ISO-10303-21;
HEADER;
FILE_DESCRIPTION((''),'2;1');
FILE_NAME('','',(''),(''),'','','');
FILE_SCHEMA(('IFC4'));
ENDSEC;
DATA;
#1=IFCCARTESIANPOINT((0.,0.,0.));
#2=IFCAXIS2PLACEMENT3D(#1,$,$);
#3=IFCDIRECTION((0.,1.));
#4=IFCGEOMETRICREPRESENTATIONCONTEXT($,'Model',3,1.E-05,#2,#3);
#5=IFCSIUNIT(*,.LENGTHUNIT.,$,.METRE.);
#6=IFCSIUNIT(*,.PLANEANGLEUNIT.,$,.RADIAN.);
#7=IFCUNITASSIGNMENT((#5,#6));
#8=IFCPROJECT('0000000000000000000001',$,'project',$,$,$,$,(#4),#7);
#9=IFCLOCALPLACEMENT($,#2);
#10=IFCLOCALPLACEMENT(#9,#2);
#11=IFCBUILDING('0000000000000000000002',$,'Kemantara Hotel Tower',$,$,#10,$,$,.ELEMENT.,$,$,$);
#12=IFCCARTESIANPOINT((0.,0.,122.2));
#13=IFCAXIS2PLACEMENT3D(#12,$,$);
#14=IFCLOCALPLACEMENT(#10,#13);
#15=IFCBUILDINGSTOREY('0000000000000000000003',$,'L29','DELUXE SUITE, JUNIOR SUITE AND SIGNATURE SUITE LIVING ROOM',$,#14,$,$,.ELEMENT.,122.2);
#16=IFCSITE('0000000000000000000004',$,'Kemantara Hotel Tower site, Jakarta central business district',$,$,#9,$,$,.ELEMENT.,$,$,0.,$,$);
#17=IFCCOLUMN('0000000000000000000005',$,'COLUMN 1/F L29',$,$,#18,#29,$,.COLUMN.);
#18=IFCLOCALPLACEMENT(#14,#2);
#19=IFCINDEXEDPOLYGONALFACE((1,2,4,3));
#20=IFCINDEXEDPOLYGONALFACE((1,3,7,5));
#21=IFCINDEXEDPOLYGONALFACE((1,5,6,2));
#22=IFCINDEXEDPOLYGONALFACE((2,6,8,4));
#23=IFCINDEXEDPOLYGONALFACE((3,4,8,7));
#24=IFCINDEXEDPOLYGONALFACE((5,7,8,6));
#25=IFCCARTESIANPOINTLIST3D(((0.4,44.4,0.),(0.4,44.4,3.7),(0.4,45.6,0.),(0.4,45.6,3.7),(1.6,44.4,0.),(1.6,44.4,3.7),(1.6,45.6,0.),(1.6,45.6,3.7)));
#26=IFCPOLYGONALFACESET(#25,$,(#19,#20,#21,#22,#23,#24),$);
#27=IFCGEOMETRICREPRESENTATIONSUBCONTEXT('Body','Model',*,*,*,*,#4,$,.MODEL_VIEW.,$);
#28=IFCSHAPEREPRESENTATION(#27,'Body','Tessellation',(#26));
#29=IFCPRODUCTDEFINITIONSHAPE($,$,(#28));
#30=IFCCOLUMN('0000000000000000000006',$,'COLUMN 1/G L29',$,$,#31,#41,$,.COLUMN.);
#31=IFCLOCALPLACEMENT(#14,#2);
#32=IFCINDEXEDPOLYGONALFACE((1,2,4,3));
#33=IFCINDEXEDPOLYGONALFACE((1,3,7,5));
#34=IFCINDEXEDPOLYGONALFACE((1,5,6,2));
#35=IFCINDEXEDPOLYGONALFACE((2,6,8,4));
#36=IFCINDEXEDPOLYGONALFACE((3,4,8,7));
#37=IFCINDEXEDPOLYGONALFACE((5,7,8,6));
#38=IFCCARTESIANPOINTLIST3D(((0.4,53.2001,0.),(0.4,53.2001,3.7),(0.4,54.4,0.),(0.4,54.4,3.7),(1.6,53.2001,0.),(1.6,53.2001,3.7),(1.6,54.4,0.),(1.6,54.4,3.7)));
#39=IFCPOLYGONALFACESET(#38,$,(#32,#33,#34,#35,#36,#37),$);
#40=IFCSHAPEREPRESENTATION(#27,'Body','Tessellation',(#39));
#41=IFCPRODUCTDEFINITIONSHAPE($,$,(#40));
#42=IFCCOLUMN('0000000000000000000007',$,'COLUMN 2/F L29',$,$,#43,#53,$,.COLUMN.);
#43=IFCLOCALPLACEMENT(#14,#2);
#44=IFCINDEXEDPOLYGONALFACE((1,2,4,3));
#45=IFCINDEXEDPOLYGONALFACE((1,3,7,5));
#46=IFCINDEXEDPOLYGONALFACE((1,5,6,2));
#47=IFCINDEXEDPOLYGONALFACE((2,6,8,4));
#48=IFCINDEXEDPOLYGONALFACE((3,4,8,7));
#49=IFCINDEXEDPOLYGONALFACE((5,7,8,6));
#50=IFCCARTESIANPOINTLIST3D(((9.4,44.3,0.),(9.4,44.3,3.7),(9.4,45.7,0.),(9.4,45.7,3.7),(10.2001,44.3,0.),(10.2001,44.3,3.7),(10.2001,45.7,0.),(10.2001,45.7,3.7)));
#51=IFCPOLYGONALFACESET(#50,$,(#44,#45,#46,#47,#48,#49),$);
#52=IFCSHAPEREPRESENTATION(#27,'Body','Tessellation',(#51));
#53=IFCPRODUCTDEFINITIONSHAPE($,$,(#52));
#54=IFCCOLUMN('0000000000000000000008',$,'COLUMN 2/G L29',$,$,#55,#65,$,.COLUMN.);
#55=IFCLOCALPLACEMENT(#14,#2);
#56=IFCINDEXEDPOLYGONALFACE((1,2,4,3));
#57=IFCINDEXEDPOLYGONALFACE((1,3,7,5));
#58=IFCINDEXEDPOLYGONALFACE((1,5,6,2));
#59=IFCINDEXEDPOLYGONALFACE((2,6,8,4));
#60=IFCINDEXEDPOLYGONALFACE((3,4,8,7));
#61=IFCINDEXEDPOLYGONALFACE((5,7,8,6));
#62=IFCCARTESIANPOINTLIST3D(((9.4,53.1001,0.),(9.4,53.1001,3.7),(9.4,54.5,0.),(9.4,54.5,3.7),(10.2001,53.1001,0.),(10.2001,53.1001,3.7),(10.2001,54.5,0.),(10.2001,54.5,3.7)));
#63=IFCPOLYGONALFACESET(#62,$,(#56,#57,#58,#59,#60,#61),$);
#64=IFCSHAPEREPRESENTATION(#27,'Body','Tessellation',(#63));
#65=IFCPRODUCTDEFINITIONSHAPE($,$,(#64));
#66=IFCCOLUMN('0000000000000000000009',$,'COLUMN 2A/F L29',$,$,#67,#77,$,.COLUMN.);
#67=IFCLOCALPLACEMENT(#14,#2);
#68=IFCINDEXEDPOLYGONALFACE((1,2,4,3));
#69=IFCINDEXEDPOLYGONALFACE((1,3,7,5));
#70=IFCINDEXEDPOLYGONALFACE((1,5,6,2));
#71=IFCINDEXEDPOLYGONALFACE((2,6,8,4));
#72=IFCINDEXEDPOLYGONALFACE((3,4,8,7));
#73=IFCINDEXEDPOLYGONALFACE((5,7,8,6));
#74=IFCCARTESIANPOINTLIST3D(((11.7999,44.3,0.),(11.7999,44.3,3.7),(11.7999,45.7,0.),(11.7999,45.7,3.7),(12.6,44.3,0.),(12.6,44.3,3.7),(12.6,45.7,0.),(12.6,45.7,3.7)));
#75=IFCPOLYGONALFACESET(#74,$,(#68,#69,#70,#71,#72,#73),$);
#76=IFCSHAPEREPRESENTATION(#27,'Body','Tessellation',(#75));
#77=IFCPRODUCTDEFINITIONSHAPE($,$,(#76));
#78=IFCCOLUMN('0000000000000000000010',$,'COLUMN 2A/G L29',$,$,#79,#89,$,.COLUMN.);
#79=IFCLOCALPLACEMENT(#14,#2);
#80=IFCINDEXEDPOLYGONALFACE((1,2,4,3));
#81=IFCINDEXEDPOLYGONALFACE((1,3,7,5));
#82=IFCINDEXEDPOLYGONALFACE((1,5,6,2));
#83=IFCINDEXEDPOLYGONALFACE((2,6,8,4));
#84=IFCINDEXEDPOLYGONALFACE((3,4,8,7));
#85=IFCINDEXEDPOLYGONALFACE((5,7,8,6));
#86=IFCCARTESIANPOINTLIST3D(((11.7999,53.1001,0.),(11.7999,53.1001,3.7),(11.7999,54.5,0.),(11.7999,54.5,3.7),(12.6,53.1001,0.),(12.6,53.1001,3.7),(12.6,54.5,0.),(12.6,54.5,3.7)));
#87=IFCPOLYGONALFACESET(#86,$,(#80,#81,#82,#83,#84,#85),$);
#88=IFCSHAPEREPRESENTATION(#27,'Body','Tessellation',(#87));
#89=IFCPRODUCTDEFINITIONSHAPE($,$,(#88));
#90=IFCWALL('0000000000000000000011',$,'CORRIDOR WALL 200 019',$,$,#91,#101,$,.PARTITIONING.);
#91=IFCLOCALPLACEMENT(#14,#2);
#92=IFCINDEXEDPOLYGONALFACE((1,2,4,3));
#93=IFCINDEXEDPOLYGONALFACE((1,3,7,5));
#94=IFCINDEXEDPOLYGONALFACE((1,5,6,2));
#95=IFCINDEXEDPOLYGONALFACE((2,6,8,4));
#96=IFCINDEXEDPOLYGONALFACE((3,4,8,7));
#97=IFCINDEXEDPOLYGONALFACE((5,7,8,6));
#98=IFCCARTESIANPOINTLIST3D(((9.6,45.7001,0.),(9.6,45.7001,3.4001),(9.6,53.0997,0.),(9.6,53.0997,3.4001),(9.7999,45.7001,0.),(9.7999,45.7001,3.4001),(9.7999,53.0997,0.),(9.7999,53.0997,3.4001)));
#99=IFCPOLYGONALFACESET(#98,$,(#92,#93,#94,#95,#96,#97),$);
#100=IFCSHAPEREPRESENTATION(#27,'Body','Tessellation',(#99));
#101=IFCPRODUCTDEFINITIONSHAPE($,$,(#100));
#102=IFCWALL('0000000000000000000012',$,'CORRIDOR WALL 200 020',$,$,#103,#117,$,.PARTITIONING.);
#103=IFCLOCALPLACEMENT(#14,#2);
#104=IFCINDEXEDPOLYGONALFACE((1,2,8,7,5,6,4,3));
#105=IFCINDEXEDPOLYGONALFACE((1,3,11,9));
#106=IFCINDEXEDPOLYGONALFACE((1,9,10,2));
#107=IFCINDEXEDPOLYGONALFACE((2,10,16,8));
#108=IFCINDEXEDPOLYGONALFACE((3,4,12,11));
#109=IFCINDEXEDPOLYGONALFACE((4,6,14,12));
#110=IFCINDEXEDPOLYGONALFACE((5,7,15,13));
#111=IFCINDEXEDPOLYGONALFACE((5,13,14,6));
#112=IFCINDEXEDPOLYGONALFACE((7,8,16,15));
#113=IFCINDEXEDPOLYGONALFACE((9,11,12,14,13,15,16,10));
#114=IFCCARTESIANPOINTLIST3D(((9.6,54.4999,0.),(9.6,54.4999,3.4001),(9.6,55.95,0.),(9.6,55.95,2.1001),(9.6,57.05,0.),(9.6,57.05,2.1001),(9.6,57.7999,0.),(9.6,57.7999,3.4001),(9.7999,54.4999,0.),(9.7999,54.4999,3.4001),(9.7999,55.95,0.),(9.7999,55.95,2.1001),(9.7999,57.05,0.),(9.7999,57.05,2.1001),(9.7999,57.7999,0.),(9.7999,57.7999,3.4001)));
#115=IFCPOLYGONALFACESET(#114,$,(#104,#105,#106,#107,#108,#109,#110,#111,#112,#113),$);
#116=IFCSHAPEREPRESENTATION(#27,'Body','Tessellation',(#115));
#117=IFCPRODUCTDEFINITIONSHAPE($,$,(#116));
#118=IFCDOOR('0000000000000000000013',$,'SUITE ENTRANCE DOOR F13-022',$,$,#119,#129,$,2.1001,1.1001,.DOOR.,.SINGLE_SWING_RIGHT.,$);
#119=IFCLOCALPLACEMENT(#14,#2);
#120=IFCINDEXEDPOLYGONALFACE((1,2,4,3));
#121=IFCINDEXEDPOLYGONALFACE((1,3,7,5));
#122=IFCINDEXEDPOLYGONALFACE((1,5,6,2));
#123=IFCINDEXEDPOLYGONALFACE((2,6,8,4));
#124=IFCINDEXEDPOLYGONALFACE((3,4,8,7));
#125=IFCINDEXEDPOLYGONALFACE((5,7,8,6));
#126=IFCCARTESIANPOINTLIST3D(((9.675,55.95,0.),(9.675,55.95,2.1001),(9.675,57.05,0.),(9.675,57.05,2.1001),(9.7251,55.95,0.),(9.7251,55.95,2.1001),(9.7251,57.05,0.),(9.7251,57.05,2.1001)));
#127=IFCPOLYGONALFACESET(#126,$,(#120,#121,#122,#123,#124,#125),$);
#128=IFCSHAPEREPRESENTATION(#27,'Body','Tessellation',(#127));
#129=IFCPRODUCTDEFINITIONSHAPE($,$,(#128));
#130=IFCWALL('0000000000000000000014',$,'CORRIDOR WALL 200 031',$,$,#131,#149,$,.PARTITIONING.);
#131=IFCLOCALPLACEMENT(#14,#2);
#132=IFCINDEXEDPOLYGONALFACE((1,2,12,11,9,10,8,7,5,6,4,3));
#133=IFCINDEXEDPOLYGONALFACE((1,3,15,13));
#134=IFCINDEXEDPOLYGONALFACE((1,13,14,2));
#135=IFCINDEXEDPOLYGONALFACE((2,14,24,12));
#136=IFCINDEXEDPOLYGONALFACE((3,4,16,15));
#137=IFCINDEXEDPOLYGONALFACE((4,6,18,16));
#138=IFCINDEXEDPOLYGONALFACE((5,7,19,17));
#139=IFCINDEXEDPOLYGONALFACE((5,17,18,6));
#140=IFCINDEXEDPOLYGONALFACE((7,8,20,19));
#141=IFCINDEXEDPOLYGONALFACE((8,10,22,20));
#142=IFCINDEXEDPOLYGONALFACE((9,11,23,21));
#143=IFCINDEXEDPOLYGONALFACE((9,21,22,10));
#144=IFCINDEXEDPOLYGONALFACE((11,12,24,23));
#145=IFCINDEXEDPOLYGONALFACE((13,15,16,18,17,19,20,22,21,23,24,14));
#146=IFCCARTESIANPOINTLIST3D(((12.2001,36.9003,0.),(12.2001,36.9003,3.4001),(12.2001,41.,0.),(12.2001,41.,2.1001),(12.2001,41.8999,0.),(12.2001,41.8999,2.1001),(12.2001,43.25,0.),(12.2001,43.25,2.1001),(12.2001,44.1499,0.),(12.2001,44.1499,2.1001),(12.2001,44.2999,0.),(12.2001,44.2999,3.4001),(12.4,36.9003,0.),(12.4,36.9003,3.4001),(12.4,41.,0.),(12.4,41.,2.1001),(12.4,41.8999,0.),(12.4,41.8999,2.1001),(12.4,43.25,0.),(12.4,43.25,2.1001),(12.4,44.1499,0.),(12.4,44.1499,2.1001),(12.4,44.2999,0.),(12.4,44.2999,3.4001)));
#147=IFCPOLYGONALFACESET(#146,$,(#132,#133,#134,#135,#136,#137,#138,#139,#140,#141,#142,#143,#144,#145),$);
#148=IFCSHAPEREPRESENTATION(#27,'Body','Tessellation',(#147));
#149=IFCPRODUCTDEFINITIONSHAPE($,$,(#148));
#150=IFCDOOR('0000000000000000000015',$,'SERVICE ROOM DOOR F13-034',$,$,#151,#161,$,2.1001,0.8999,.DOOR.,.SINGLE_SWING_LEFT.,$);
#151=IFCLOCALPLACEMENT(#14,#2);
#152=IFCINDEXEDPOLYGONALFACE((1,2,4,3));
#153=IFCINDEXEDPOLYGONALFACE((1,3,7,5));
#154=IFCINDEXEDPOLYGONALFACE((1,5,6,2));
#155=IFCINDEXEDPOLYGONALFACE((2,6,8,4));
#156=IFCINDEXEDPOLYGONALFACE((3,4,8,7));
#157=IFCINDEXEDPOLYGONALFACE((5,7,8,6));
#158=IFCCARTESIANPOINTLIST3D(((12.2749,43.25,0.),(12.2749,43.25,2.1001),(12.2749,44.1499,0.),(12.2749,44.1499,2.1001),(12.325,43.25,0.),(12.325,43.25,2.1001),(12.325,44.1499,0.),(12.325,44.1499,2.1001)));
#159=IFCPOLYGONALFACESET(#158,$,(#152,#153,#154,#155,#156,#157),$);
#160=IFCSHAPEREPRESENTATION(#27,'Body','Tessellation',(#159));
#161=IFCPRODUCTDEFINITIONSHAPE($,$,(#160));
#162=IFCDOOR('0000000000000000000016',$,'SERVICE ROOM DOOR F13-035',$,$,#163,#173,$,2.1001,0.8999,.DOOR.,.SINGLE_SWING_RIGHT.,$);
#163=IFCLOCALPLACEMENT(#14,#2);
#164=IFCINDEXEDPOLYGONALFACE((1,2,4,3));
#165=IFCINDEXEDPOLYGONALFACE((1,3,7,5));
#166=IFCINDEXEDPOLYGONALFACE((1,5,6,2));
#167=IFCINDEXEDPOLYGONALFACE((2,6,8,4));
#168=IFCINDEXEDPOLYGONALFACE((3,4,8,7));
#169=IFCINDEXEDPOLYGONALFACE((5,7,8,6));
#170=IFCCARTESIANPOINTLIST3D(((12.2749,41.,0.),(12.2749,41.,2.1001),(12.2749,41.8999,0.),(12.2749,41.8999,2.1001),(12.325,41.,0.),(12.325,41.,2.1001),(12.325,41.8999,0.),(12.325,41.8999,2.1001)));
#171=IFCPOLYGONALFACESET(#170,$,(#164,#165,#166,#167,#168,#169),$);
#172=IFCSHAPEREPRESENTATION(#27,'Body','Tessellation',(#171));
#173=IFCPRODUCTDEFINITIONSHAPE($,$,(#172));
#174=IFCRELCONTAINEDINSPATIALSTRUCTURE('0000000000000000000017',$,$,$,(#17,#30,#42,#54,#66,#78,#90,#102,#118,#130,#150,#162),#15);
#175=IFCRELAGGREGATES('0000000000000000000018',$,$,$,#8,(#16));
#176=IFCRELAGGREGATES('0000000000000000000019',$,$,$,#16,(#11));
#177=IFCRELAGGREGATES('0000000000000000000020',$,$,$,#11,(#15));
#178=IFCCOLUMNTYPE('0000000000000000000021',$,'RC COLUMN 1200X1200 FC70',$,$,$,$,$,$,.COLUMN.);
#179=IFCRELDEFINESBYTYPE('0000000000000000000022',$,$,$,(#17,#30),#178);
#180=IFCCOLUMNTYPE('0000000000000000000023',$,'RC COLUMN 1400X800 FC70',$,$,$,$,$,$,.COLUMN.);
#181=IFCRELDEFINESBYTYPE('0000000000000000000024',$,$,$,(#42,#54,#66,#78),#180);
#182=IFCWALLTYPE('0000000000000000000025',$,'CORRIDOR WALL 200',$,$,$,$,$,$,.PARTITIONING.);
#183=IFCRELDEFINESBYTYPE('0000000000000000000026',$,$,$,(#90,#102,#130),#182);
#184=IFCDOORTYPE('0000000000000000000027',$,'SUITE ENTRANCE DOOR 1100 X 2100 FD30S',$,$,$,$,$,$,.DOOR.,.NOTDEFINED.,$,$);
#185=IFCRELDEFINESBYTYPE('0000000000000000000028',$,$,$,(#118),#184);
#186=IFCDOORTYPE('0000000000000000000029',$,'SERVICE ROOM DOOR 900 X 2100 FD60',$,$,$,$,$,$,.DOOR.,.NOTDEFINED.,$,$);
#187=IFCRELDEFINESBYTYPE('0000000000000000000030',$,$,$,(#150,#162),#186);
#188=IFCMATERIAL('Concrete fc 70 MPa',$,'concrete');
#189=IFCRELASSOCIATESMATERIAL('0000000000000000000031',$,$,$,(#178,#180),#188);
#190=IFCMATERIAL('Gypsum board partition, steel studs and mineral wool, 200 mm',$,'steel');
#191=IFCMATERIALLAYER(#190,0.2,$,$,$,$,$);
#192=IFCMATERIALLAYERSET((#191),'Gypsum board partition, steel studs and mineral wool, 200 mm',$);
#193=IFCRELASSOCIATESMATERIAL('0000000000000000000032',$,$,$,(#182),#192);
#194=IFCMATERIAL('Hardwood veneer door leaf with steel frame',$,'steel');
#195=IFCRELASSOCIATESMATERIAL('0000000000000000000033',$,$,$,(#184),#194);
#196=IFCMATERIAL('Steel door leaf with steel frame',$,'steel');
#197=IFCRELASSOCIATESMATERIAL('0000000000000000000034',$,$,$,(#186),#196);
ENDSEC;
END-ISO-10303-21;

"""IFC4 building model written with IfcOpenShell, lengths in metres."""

from ifc_helpers import new_model, si_unit, direction, frame, frame_2d, origin, origin_2d, place, context, subcontext, project, spatial, rectangle, extrude, material, layer, layer_set, material_profile, profile_set, type_object, element, fill, save


model = new_model("IFC4")

# Units and contexts
model_context = context("Model", 3, precision=1e-05, world=origin(), true_north=direction((0.0, 1.0)))
body_context = subcontext(model_context, "Body", "Model", "MODEL_VIEW")
ifc_project = project(units=[si_unit("LENGTHUNIT", "METRE"), si_unit("PLANEANGLEUNIT", "RADIAN")], contexts=[model_context])

# Site, building, storey
site_placement = place(None, origin())
site = spatial("IfcSite", under=ifc_project, at=site_placement, Name="Kemantara Hotel Tower site, Jakarta central business district", CompositionType="ELEMENT", RefElevation=0.0)
building_placement = place(site_placement, origin())
building = spatial("IfcBuilding", under=site, at=building_placement, Name="Kemantara Hotel Tower", CompositionType="ELEMENT")
storey_placement = place(building_placement, frame((0.0, 0.0, 122.2)))
storey = spatial("IfcBuildingStorey", under=building, at=storey_placement, Name="L29", Description="DELUXE SUITE, JUNIOR SUITE AND SIGNATURE SUITE LIVING ROOM", CompositionType="ELEMENT", Elevation=122.2)

# Columns
ifc_material_1 = material(Name="Concrete fc 70 MPa", Category="concrete")
ifc_material_profile_1 = material_profile(ifc_material_1, rectangle(XDim=1.2, YDim=1.2, at=origin_2d()), Name="RC 1200X1200")
ifc_profile_set_1 = profile_set([ifc_material_profile_1], Name="Concrete fc 70 MPa")
column_type_1 = type_object("IfcColumnType", Name="RC COLUMN 1200X1200 FC70", PredefinedType="COLUMN", material=ifc_profile_set_1)
for number, where, z_axis, x_axis, name in (
    (1, (1.0, 45.0, 0.0), (0.0, 0.0, 1.0), (1.0, 0.0, 0.0), "COLUMN 1/F L29"),
    (2, (1.0, 53.8, 0.0), (0.0, 0.0, 1.0), (1.0, 0.0, 0.0), "COLUMN 1/G L29"),
):
    element("IfcColumn", number, at=place(storey_placement, frame(where, z_axis=z_axis, x_axis=x_axis)), inside=storey, type_object=column_type_1, Name=name, PredefinedType="COLUMN", context=body_context, shape_type="SweptSolid", body=[
        extrude(rectangle(XDim=1.2, YDim=1.2, at=origin_2d()), origin(), (0.0, 0.0, 1.0), 3.7),
    ])
ifc_material_profile_2 = material_profile(ifc_material_1, rectangle(XDim=1.3999, YDim=0.8, at=origin_2d()), Name="RC 1400X800")
ifc_profile_set_2 = profile_set([ifc_material_profile_2], Name="Concrete fc 70 MPa")
column_type_2 = type_object("IfcColumnType", Name="RC COLUMN 1400X800 FC70", PredefinedType="COLUMN", material=ifc_profile_set_2)
for number, where, z_axis, x_axis, name in (
    (3, (9.8, 45.0, 0.0), (0.0, 0.0, 1.0), (0.0, 1.0, 0.0), "COLUMN 2/F L29"),
    (4, (9.8, 53.8, 0.0), (0.0, 0.0, 1.0), (0.0, 1.0, 0.0), "COLUMN 2/G L29"),
    (5, (12.2, 45.0, 0.0), (0.0, 0.0, 1.0), (0.0, 1.0, 0.0), "COLUMN 2A/F L29"),
    (6, (12.2, 53.8, 0.0), (0.0, 0.0, 1.0), (0.0, 1.0, 0.0), "COLUMN 2A/G L29"),
):
    element("IfcColumn", number, at=place(storey_placement, frame(where, z_axis=z_axis, x_axis=x_axis)), inside=storey, type_object=column_type_2, Name=name, PredefinedType="COLUMN", context=body_context, shape_type="SweptSolid", body=[
        extrude(rectangle(XDim=1.3999, YDim=0.8, at=origin_2d()), origin(), (0.0, 0.0, 1.0), 3.7),
    ])

# Wall
ifc_material_2 = material(Name="Gypsum board partition, steel studs and mineral wool, 200 mm", Category="steel")
ifc_layer_1 = layer(ifc_material_2, 0.2)
ifc_layer_set_1 = layer_set([ifc_layer_1], Name="Gypsum board partition, steel studs and mineral wool, 200 mm")
wall_type_1 = type_object("IfcWallType", Name="CORRIDOR WALL 200", PredefinedType="PARTITIONING", material=ifc_layer_set_1)
wall_1_placement = place(storey_placement, frame((9.7, 45.7002, 0.0), z_axis=(0.0, 0.0, 1.0), x_axis=(0.0, 1.0, 0.0)))
element("IfcWall", 7, at=wall_1_placement, inside=storey, type_object=wall_type_1, Name="CORRIDOR WALL 200 019", PredefinedType="PARTITIONING", context=body_context, shape_type="SweptSolid", body=[
    extrude(rectangle(XDim=7.3997, YDim=0.2, at=frame_2d((3.6997, 0.0))), origin(), (0.0, 0.0, 1.0), 3.4001),
])

# Wall, opening, door
wall_2_placement = place(storey_placement, frame((9.7, 54.5, 0.0), z_axis=(0.0, 0.0, 1.0), x_axis=(0.0, 1.0, 0.0)))
wall_2 = element("IfcWall", 8, at=wall_2_placement, inside=storey, type_object=wall_type_1, Name="CORRIDOR WALL 200 020", PredefinedType="PARTITIONING", context=body_context, shape_type="SweptSolid", body=[
    extrude(rectangle(XDim=3.3, YDim=0.2, at=frame_2d((1.6499, 0.0))), origin(), (0.0, 0.0, 1.0), 3.4001),
])
opening_1_placement = place(wall_2_placement, frame((1.45, 0.0, 0.0)))
opening_1 = element("IfcOpeningElement", 9, at=opening_1_placement, cuts=wall_2, PredefinedType="OPENING", context=body_context, shape_type="SweptSolid", body=[
    extrude(rectangle(XDim=1.1001, YDim=2.1001, at=frame_2d((0.55, 1.05))), frame((0.0, 0.1099, 0.0), z_axis=(0.0, -1.0, 0.0), x_axis=(1.0, 0.0, 0.0)), (0.0, 0.0, 1.0), 0.22),
])
ifc_material_3 = material(Name="Hardwood veneer door leaf with steel frame", Category="steel")
door_type_1 = type_object("IfcDoorType", Name="SUITE ENTRANCE DOOR 1100 X 2100 FD30S", OperationType="NOTDEFINED", PredefinedType="DOOR", material=ifc_material_3)
door_1_placement = place(opening_1_placement, origin())
door_1 = element("IfcDoor", 10, at=door_1_placement, inside=storey, type_object=door_type_1, Name="SUITE ENTRANCE DOOR F13-022", OperationType="SINGLE_SWING_RIGHT", OverallHeight=2.1001, OverallWidth=1.1001, PredefinedType="DOOR", context=body_context, shape_type="SweptSolid", body=[
    extrude(rectangle(XDim=1.1001, YDim=2.1001, at=frame_2d((0.55, 1.05))), frame((0.0, 0.0249, 0.0), z_axis=(0.0, -1.0, 0.0), x_axis=(1.0, 0.0, 0.0)), (0.0, 0.0, 1.0), 0.05),
])
fill(opening_1, door_1)

# Wall, openings, doors
wall_3_placement = place(storey_placement, frame((12.3, 44.2998, 0.0), z_axis=(0.0, 0.0, 1.0), x_axis=(0.0, -1.0, 0.0)))
wall_3 = element("IfcWall", 11, at=wall_3_placement, inside=storey, type_object=wall_type_1, Name="CORRIDOR WALL 200 031", PredefinedType="PARTITIONING", context=body_context, shape_type="SweptSolid", body=[
    extrude(rectangle(XDim=7.3997, YDim=0.2, at=frame_2d((3.6997, 0.0))), origin(), (0.0, 0.0, 1.0), 3.4001),
])
opening_2_placement = place(wall_3_placement, frame((0.1499, 0.0, 0.0)))
opening_2 = element("IfcOpeningElement", 12, at=opening_2_placement, cuts=wall_3, PredefinedType="OPENING", context=body_context, shape_type="SweptSolid", body=[
    extrude(rectangle(XDim=0.8999, YDim=2.1001, at=frame_2d((0.45, 1.05))), frame((0.0, 0.1099, 0.0), z_axis=(0.0, -1.0, 0.0), x_axis=(1.0, 0.0, 0.0)), (0.0, 0.0, 1.0), 0.22),
])
opening_3_placement = place(wall_3_placement, frame((2.3999, 0.0, 0.0)))
opening_3 = element("IfcOpeningElement", 13, at=opening_3_placement, cuts=wall_3, PredefinedType="OPENING", context=body_context, shape_type="SweptSolid", body=[
    extrude(rectangle(XDim=0.8999, YDim=2.1001, at=frame_2d((0.45, 1.05))), frame((0.0, 0.1099, 0.0), z_axis=(0.0, -1.0, 0.0), x_axis=(1.0, 0.0, 0.0)), (0.0, 0.0, 1.0), 0.22),
])
ifc_material_4 = material(Name="Steel door leaf with steel frame", Category="steel")
door_type_2 = type_object("IfcDoorType", Name="SERVICE ROOM DOOR 900 X 2100 FD60", OperationType="NOTDEFINED", PredefinedType="DOOR", material=ifc_material_4)
door_2_placement = place(opening_2_placement, origin())
door_2 = element("IfcDoor", 14, at=door_2_placement, inside=storey, type_object=door_type_2, Name="SERVICE ROOM DOOR F13-034", OperationType="SINGLE_SWING_LEFT", OverallHeight=2.1001, OverallWidth=0.8999, PredefinedType="DOOR", context=body_context, shape_type="SweptSolid", body=[
    extrude(rectangle(XDim=0.8999, YDim=2.1001, at=frame_2d((0.45, 1.05))), frame((0.0, 0.0249, 0.0), z_axis=(0.0, -1.0, 0.0), x_axis=(1.0, 0.0, 0.0)), (0.0, 0.0, 1.0), 0.05),
])
fill(opening_2, door_2)
door_3_placement = place(opening_3_placement, origin())
door_3 = element("IfcDoor", 15, at=door_3_placement, inside=storey, type_object=door_type_2, Name="SERVICE ROOM DOOR F13-035", OperationType="SINGLE_SWING_RIGHT", OverallHeight=2.1001, OverallWidth=0.8999, PredefinedType="DOOR", context=body_context, shape_type="SweptSolid", body=[
    extrude(rectangle(XDim=0.8999, YDim=2.1001, at=frame_2d((0.45, 1.05))), frame((0.0, 0.0249, 0.0), z_axis=(0.0, -1.0, 0.0), x_axis=(1.0, 0.0, 0.0)), (0.0, 0.0, 1.0), 0.05),
])
fill(opening_3, door_3)

save(model, "model.ifc")
